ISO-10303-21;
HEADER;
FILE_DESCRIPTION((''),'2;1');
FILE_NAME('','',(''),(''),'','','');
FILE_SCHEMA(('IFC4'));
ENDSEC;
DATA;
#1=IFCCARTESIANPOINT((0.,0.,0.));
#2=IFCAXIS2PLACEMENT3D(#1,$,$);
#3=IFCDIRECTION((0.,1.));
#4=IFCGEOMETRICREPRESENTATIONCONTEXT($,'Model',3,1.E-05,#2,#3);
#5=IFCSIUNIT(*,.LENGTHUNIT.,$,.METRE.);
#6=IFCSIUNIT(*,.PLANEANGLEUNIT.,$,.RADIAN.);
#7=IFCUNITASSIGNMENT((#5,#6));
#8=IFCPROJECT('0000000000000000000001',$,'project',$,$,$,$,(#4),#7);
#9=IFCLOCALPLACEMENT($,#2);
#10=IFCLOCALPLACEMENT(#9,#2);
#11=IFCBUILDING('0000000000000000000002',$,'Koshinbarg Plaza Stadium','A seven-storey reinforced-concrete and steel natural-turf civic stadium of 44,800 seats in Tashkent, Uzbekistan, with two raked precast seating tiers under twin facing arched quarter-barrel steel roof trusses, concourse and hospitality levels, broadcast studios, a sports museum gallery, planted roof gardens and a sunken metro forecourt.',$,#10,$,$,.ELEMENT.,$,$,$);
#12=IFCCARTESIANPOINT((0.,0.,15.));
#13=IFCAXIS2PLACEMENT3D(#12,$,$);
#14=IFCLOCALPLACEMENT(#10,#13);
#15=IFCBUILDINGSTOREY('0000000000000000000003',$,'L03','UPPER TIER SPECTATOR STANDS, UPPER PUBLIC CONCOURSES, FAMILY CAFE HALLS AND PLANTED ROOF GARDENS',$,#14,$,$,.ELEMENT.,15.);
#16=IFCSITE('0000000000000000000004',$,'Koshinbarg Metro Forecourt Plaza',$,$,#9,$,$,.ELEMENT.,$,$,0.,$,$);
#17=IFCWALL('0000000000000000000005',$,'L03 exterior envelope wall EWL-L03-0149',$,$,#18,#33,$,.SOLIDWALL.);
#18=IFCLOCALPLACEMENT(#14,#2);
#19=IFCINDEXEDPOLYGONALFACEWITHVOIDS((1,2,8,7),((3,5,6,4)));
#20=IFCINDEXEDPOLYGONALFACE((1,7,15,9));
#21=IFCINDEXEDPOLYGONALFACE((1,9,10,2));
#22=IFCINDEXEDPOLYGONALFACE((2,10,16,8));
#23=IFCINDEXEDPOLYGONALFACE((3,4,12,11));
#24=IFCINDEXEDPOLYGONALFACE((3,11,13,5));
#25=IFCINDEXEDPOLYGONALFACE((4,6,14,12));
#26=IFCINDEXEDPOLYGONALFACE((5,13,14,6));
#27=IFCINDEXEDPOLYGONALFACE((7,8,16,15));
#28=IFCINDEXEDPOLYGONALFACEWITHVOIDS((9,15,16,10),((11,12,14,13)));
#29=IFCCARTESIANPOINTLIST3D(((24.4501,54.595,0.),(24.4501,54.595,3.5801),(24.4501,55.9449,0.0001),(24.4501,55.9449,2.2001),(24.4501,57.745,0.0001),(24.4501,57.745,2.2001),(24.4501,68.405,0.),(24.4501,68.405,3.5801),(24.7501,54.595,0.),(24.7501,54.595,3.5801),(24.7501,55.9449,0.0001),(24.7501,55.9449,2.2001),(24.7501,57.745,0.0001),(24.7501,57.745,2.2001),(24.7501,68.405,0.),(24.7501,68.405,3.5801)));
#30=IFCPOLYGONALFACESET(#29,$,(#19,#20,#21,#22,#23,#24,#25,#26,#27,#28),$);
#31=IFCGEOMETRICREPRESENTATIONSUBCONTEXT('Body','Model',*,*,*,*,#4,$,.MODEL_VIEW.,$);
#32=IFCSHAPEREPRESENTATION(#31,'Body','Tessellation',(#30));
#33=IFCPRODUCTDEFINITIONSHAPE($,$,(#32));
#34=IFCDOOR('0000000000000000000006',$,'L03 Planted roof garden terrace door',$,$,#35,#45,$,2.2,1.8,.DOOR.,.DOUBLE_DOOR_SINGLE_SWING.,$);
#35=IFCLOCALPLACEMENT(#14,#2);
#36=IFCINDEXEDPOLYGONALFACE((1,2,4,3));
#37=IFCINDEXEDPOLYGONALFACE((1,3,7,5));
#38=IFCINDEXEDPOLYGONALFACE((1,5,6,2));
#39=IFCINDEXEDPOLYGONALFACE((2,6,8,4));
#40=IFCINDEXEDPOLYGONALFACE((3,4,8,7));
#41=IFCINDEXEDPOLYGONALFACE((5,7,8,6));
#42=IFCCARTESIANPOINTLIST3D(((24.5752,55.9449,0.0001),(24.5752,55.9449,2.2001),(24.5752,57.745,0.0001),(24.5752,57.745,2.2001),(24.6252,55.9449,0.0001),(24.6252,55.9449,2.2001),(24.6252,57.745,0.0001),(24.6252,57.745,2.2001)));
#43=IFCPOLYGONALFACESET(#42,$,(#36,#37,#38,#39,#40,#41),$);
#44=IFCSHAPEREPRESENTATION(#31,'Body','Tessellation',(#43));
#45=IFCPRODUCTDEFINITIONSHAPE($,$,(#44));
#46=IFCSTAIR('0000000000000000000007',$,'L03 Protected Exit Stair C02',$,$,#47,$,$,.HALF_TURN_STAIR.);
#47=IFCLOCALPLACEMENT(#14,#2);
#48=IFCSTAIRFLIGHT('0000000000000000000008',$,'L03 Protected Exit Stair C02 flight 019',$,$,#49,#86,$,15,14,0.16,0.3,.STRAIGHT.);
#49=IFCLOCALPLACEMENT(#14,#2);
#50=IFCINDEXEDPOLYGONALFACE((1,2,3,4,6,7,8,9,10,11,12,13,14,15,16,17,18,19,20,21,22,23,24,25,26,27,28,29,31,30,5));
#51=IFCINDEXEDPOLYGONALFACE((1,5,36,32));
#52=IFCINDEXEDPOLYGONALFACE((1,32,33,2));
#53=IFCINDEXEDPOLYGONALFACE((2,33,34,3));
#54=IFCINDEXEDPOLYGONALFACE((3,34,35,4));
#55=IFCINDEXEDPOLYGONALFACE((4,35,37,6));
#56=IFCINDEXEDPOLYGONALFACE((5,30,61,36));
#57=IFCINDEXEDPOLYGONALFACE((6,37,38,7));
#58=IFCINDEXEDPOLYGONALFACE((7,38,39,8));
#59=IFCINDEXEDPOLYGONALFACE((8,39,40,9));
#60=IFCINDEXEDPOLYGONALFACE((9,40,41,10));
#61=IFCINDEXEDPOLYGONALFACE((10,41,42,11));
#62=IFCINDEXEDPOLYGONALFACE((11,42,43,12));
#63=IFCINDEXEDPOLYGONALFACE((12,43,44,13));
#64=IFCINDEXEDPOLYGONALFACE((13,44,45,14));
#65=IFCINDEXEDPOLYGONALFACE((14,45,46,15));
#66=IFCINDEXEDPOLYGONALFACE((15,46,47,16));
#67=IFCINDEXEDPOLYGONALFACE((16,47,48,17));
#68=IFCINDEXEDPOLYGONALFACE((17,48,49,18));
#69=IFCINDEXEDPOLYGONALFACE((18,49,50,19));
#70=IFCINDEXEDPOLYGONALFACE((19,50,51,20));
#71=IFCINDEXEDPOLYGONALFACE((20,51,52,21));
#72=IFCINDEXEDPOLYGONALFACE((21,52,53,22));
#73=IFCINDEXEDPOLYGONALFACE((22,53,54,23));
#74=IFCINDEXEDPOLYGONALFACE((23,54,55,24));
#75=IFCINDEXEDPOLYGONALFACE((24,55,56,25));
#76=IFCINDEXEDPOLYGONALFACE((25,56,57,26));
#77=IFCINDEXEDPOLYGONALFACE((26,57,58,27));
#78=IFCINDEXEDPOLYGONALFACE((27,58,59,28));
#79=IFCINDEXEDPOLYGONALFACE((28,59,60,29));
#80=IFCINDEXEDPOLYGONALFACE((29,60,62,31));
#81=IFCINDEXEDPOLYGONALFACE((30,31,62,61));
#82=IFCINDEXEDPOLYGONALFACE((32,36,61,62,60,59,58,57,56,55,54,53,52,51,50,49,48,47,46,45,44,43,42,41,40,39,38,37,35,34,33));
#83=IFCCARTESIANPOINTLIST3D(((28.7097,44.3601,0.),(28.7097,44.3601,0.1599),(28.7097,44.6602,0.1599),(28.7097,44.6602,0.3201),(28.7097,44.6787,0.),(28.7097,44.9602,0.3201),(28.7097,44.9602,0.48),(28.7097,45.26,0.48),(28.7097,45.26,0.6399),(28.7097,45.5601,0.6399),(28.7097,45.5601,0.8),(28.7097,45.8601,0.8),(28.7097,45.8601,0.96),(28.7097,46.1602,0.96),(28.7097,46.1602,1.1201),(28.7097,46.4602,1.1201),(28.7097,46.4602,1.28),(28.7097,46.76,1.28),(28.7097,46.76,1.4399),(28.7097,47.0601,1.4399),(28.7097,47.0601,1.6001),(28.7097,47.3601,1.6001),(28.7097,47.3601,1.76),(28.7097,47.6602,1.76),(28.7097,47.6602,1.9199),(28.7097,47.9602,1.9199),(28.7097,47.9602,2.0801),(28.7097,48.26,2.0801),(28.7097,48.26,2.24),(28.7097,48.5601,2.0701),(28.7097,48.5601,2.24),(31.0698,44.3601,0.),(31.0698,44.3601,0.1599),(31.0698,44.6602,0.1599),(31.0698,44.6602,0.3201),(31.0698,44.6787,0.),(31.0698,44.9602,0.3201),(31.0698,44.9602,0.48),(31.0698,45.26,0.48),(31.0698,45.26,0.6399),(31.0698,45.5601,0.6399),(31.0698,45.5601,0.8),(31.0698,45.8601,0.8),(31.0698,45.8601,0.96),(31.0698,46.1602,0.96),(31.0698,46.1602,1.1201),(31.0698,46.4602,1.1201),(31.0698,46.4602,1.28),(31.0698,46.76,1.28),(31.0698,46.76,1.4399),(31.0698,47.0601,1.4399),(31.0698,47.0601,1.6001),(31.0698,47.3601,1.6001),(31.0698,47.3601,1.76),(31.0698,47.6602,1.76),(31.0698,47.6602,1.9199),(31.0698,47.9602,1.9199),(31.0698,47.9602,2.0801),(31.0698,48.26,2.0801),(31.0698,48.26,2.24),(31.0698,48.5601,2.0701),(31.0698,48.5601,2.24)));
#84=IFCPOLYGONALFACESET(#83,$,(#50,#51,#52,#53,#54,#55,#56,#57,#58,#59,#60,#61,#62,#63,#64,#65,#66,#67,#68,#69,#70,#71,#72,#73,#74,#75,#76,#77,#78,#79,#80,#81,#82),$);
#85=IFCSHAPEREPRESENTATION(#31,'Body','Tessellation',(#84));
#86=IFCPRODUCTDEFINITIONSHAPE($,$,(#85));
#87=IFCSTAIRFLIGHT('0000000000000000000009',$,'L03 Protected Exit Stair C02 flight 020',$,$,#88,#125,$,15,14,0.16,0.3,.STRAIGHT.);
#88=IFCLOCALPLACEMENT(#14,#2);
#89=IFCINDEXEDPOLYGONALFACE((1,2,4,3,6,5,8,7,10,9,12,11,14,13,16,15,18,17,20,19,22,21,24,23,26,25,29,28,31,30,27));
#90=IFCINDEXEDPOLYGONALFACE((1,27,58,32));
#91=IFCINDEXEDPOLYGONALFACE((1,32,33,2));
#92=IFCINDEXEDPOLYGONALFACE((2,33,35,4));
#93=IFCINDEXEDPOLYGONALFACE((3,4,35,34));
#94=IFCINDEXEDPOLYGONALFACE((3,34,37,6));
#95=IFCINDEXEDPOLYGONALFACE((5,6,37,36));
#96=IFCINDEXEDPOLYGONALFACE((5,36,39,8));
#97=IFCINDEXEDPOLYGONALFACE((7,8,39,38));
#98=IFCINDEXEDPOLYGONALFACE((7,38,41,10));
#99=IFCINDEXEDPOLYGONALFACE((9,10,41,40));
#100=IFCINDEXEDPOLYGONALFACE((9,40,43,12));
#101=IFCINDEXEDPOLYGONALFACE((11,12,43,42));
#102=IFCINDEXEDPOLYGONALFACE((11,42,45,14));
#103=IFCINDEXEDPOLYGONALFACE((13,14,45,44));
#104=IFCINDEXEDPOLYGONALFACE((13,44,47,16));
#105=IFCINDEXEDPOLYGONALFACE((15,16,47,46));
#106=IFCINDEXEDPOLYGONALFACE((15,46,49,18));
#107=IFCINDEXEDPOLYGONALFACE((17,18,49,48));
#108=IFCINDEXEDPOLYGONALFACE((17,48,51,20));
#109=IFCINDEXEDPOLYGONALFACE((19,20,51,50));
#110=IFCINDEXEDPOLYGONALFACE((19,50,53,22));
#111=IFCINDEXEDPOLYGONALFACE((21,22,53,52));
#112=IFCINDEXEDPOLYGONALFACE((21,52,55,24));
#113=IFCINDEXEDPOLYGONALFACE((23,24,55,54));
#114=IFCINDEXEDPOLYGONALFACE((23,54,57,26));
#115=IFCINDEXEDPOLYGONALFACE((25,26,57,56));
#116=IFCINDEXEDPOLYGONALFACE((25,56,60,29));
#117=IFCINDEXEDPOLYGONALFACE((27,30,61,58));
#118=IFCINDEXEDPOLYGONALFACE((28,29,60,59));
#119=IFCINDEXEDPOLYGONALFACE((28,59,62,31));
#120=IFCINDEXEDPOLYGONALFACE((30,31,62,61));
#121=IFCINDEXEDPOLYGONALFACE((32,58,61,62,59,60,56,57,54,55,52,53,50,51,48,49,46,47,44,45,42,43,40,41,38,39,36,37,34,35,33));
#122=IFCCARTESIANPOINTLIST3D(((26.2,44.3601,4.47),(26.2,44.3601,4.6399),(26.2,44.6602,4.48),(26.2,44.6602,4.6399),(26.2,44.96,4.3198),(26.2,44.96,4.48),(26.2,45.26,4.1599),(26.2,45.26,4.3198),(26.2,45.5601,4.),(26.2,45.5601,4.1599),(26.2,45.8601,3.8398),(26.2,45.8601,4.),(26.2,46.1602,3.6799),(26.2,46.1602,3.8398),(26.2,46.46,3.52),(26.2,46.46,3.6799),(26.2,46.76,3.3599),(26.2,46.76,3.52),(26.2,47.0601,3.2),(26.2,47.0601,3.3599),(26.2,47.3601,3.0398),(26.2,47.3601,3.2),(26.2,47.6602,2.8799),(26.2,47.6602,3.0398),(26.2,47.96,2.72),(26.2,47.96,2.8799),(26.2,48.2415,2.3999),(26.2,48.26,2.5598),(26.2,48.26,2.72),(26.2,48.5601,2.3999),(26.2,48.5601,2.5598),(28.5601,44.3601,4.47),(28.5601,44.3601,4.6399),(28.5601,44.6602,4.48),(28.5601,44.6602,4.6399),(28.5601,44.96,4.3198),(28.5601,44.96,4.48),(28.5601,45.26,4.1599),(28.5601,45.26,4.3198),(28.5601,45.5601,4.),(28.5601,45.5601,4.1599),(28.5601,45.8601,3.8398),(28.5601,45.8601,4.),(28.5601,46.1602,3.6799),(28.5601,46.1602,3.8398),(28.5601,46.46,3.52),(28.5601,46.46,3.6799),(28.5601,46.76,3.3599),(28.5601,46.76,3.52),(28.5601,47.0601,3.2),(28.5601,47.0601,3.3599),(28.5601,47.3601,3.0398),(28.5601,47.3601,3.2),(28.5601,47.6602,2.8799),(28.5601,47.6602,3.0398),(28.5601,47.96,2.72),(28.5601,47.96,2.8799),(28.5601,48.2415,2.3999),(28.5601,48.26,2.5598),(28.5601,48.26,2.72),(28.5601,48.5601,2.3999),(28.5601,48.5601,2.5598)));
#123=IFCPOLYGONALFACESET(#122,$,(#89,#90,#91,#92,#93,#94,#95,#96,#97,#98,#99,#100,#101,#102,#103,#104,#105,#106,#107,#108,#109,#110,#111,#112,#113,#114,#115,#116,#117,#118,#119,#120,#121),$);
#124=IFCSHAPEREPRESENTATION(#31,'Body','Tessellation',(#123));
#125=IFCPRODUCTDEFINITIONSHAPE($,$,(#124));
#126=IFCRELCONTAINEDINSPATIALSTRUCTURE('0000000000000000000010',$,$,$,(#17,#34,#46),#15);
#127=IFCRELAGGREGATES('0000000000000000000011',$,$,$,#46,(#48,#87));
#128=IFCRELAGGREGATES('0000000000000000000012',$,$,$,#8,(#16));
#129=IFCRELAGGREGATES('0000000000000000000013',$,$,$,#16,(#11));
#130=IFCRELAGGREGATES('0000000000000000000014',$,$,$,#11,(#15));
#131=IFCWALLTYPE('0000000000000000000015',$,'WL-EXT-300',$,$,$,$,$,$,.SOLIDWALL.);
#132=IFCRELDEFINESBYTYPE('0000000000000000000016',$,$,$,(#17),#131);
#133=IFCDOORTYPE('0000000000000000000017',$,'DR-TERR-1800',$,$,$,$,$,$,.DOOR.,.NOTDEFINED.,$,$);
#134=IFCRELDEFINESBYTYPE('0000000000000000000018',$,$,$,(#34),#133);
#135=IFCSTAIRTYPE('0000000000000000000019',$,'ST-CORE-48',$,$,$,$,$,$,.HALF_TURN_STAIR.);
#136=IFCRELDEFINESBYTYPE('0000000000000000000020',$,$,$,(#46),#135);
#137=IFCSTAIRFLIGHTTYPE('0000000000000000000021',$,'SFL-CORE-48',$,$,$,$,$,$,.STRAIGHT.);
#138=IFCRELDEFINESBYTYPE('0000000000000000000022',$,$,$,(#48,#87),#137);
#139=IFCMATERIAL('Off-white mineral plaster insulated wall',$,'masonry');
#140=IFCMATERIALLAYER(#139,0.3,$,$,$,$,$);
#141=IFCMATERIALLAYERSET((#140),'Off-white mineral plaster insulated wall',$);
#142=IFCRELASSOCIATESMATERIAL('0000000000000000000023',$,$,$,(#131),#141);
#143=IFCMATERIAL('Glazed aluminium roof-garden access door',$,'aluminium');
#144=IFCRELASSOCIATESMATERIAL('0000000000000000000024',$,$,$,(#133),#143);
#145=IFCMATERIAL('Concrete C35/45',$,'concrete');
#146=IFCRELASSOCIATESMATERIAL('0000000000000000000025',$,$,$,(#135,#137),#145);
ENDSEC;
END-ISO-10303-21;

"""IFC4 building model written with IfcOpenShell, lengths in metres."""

from ifc_helpers import new_model, si_unit, direction, frame, frame_2d, origin, place, context, subcontext, project, spatial, polyline, rectangle, outline, extrude, material, layer, layer_set, type_object, element, fill, aggregate, save


model = new_model("IFC4")

# Units and contexts
model_context = context("Model", 3, precision=1e-05, world=origin(), true_north=direction((0.0, 1.0)))
body_context = subcontext(model_context, "Body", "Model", "MODEL_VIEW")
ifc_project = project(units=[si_unit("LENGTHUNIT", "METRE"), si_unit("PLANEANGLEUNIT", "RADIAN")], contexts=[model_context])

# Site, building, storey
site_placement = place(None, origin())
site = spatial("IfcSite", under=ifc_project, at=site_placement, Name="Koshinbarg Metro Forecourt Plaza", CompositionType="ELEMENT", RefElevation=0.0)
building_placement = place(site_placement, origin())
building = spatial("IfcBuilding", under=site, at=building_placement, Name="Koshinbarg Plaza Stadium", Description="A seven-storey reinforced-concrete and steel natural-turf civic stadium of 44,800 seats in Tashkent, Uzbekistan, with two raked precast seating tiers under twin facing arched quarter-barrel steel roof trusses, concourse and hospitality levels, broadcast studios, a sports museum gallery, planted roof gardens and a sunken metro forecourt.", CompositionType="ELEMENT")
storey_placement = place(building_placement, frame((0.0, 0.0, 15.0)))
storey = spatial("IfcBuildingStorey", under=building, at=storey_placement, Name="L03", Description="UPPER TIER SPECTATOR STANDS, UPPER PUBLIC CONCOURSES, FAMILY CAFE HALLS AND PLANTED ROOF GARDENS", CompositionType="ELEMENT", Elevation=15.0)

# Wall, opening, door
ifc_material_1 = material(Name="Off-white mineral plaster insulated wall", Category="masonry")
ifc_layer_1 = layer(ifc_material_1, 0.3)
ifc_layer_set_1 = layer_set([ifc_layer_1], Name="Off-white mineral plaster insulated wall")
wall_type_1 = type_object("IfcWallType", Name="WL-EXT-300", PredefinedType="SOLIDWALL", material=ifc_layer_set_1)
wall_1_placement = place(storey_placement, frame((24.6001, 54.595, 0.0), z_axis=(0.0, 0.0, 1.0), x_axis=(0.0, 1.0, 0.0)))
wall_1 = element("IfcWall", 1, at=wall_1_placement, inside=storey, type_object=wall_type_1, Name="L03 exterior envelope wall EWL-L03-0149", PredefinedType="SOLIDWALL", context=body_context, shape_type="SweptSolid", body=[
    extrude(rectangle(XDim=13.8101, YDim=0.3, at=frame_2d((6.905, 0.0))), origin(), (0.0, 0.0, 1.0), 3.5801),
])
opening_1_placement = place(wall_1_placement, frame((1.3501, 0.0, 0.0)))
opening_1 = element("IfcOpeningElement", 2, at=opening_1_placement, cuts=wall_1, PredefinedType="OPENING", context=body_context, shape_type="SweptSolid", body=[
    extrude(rectangle(XDim=1.8, YDim=2.2, at=frame_2d((0.8999, 1.1001))), frame((0.0, 0.1599, 0.0), z_axis=(0.0, -1.0, 0.0), x_axis=(1.0, 0.0, 0.0)), (0.0, 0.0, 1.0), 0.3201),
])
ifc_material_2 = material(Name="Glazed aluminium roof-garden access door", Category="aluminium")
door_type_1 = type_object("IfcDoorType", Name="DR-TERR-1800", OperationType="NOTDEFINED", PredefinedType="DOOR", material=ifc_material_2)
door_1_placement = place(opening_1_placement, origin())
door_1 = element("IfcDoor", 3, at=door_1_placement, inside=storey, type_object=door_type_1, Name="L03 Planted roof garden terrace door", OperationType="DOUBLE_DOOR_SINGLE_SWING", OverallHeight=2.2, OverallWidth=1.8, PredefinedType="DOOR", context=body_context, shape_type="SweptSolid", body=[
    extrude(rectangle(XDim=1.8, YDim=2.2, at=frame_2d((0.8999, 1.1001))), frame((0.0, 0.0249, 0.0), z_axis=(0.0, -1.0, 0.0), x_axis=(1.0, 0.0, 0.0)), (0.0, 0.0, 1.0), 0.05),
])
fill(opening_1, door_1)

# Stair, stair flights
ifc_material_3 = material(Name="Concrete C35/45", Category="concrete")
stair_type = type_object("IfcStairType", Name="ST-CORE-48", PredefinedType="HALF_TURN_STAIR", material=ifc_material_3)
stair_placement = place(storey_placement, origin())
stair = element("IfcStair", 4, at=stair_placement, inside=storey, type_object=stair_type, Name="L03 Protected Exit Stair C02", PredefinedType="HALF_TURN_STAIR")
stair_flight_type = type_object("IfcStairFlightType", Name="SFL-CORE-48", PredefinedType="STRAIGHT", material=ifc_material_3)
stair_flight_1_placement = place(storey_placement, frame((29.8899, 44.3601, 0.0), z_axis=(0.0, 0.0, 1.0), x_axis=(0.0, 1.0, 0.0)))
stair_flight_1 = element("IfcStairFlight", 5, at=stair_flight_1_placement, type_object=stair_flight_type, Name="L03 Protected Exit Stair C02 flight 019", NumberOfRisers=15, NumberOfTreads=14, PredefinedType="STRAIGHT", RiserHeight=0.16, TreadLength=0.3, context=body_context, shape_type="SweptSolid", body=[
    extrude(outline(polyline([(0.0, 0.0), (0.0, 0.1599), (0.3, 0.1599), (0.3, 0.3201), (0.6001, 0.3201), (0.6001, 0.48), (0.8999, 0.48), (0.8999, 0.6399), (1.2, 0.6399), (1.2, 0.8), (1.5, 0.8), (1.5, 0.96), (1.8, 0.96), (1.8, 1.1201), (2.1001, 1.1201), (2.1001, 1.28), (2.3999, 1.28), (2.3999, 1.4399), (2.7, 1.4399), (2.7, 1.6001), (3.0, 1.6001), (3.0, 1.76), (3.3, 1.76), (3.3, 1.9199), (3.6001, 1.9199), (3.6001, 2.0801), (3.8999, 2.0801), (3.8999, 2.24), (4.2, 2.24), (4.2, 2.3999), (4.2, 2.0701), (0.3186, 0.0), (0.0, 0.0)])), frame((0.0, 1.1802, 0.0), z_axis=(0.0, -1.0, 0.0), x_axis=(1.0, 0.0, 0.0)), (0.0, 0.0, 1.0), 2.3601),
])
stair_flight_2_placement = place(storey_placement, frame((27.3799, 48.5601, 2.3999), z_axis=(0.0, 0.0, 1.0), x_axis=(0.0, -1.0, 0.0)))
stair_flight_2 = element("IfcStairFlight", 6, at=stair_flight_2_placement, type_object=stair_flight_type, Name="L03 Protected Exit Stair C02 flight 020", NumberOfRisers=15, NumberOfTreads=14, PredefinedType="STRAIGHT", RiserHeight=0.16, TreadLength=0.3, context=body_context, shape_type="SweptSolid", body=[
    extrude(outline(polyline([(0.0, 0.0), (0.0, 0.1599), (0.3, 0.1599), (0.3, 0.3201), (0.6001, 0.3201), (0.6001, 0.48), (0.8999, 0.48), (0.8999, 0.6399), (1.2, 0.6399), (1.2, 0.8), (1.5, 0.8), (1.5, 0.96), (1.8, 0.96), (1.8, 1.1201), (2.1001, 1.1201), (2.1001, 1.28), (2.3999, 1.28), (2.3999, 1.4399), (2.7, 1.4399), (2.7, 1.6001), (3.0, 1.6001), (3.0, 1.76), (3.3, 1.76), (3.3, 1.9199), (3.6001, 1.9199), (3.6001, 2.0801), (3.8999, 2.0801), (3.8999, 2.24), (4.2, 2.24), (4.2, 2.3999), (4.2, 2.0701), (0.3186, 0.0), (0.0, 0.0)])), frame((0.0, 1.1802, 0.0), z_axis=(0.0, -1.0, 0.0), x_axis=(1.0, 0.0, 0.0)), (0.0, 0.0, 1.0), 2.3601),
])
aggregate(stair, [stair_flight_1, stair_flight_2])

save(model, "model.ifc")
